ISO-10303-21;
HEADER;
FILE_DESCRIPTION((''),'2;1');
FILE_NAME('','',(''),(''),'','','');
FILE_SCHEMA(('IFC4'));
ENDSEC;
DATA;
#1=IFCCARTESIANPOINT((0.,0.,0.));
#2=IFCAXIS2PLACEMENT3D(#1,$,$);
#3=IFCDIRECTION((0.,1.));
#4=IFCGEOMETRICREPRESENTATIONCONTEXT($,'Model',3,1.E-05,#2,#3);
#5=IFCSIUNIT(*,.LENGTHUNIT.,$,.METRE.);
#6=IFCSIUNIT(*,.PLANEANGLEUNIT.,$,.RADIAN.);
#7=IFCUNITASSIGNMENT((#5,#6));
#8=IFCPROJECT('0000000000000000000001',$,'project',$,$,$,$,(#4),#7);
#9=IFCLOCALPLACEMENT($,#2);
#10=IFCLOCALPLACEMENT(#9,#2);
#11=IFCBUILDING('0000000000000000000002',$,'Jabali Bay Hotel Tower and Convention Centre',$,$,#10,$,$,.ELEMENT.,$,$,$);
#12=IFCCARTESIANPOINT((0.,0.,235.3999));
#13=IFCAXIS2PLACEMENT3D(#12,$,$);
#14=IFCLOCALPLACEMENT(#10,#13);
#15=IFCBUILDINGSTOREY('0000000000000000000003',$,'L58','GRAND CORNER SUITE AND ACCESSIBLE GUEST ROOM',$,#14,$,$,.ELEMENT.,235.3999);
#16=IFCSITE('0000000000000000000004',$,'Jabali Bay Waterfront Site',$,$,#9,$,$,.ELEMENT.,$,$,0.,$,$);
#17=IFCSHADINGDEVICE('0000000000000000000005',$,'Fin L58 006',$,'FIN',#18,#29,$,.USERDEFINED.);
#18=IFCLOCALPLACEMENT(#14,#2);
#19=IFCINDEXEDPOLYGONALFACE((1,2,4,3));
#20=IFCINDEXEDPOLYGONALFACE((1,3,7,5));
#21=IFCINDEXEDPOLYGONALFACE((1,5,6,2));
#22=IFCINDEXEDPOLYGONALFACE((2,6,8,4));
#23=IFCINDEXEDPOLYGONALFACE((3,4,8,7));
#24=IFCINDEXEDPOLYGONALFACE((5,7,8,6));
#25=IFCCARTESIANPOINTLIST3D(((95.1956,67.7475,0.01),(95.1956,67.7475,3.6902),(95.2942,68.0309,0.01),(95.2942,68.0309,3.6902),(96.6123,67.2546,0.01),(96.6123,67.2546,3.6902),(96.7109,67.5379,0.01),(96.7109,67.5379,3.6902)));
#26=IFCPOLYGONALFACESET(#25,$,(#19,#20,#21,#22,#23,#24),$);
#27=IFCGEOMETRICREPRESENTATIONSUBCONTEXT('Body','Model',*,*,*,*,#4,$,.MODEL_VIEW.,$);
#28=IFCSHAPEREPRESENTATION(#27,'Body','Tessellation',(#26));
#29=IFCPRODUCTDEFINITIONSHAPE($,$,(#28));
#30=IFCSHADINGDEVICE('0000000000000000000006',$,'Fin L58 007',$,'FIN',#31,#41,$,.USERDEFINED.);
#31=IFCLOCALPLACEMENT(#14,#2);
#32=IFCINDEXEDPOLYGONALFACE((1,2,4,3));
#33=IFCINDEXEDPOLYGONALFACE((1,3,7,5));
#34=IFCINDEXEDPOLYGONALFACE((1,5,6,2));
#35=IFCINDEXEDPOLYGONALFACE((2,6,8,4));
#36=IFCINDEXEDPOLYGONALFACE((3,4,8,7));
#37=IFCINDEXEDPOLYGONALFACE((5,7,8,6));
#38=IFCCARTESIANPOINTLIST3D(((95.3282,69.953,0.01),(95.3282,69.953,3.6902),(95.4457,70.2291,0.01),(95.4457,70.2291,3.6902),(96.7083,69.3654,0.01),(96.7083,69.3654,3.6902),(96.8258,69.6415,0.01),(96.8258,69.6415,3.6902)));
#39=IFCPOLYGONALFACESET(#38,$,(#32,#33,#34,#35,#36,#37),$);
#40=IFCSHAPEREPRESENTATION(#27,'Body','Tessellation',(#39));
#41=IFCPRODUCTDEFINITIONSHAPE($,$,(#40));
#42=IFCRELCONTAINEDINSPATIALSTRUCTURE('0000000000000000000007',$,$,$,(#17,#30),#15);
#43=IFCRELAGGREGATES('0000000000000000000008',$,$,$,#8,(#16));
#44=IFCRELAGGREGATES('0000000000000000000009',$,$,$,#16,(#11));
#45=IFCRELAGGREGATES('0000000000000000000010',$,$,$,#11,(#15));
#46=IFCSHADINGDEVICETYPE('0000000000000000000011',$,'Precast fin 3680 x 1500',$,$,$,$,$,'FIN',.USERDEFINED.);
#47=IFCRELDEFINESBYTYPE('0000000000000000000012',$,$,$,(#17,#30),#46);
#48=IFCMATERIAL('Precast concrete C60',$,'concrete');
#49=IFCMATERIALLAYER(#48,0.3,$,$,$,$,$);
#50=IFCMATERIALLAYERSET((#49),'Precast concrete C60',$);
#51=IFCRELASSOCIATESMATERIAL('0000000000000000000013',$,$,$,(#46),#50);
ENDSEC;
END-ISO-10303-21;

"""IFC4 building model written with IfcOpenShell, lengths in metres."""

from ifc_helpers import new_model, si_unit, direction, frame, frame_2d, origin, place, context, subcontext, project, spatial, rectangle, extrude, material, layer, layer_set, type_object, element, save


model = new_model("IFC4")

# Units and contexts
model_context = context("Model", 3, precision=1e-05, world=origin(), true_north=direction((0.0, 1.0)))
body_context = subcontext(model_context, "Body", "Model", "MODEL_VIEW")
ifc_project = project(units=[si_unit("LENGTHUNIT", "METRE"), si_unit("PLANEANGLEUNIT", "RADIAN")], contexts=[model_context])

# Site, building, storey
site_placement = place(None, origin())
site = spatial("IfcSite", under=ifc_project, at=site_placement, Name="Jabali Bay Waterfront Site", CompositionType="ELEMENT", RefElevation=0.0)
building_placement = place(site_placement, origin())
building = spatial("IfcBuilding", under=site, at=building_placement, Name="Jabali Bay Hotel Tower and Convention Centre", CompositionType="ELEMENT")
storey_placement = place(building_placement, frame((0.0, 0.0, 235.3999)))
storey = spatial("IfcBuildingStorey", under=building, at=storey_placement, Name="L58", Description="GRAND CORNER SUITE AND ACCESSIBLE GUEST ROOM", CompositionType="ELEMENT", Elevation=235.3999)

# Shading devices
ifc_material_1 = material(Name="Precast concrete C60", Category="concrete")
ifc_layer_1 = layer(ifc_material_1, 0.3)
ifc_layer_set_1 = layer_set([ifc_layer_1], Name="Precast concrete C60")
shading_device_type_1 = type_object("IfcShadingDeviceType", Name="Precast fin 3680 x 1500", ElementType="FIN", PredefinedType="USERDEFINED", material=ifc_layer_set_1)
for number, where, z_axis, x_axis, name in (
    (1, (95.2449, 67.8892, 0.01), (0.0, 0.0, 1.0), (0.944468, -0.328603, 0.0), "Fin L58 006"),
    (2, (95.387, 70.0911, 0.01), (0.0, 0.0, 1.0), (0.920069, -0.391757, 0.0), "Fin L58 007"),
):
    element("IfcShadingDevice", number, at=place(storey_placement, frame(where, z_axis=z_axis, x_axis=x_axis)), inside=storey, type_object=shading_device_type_1, Name=name, ObjectType="FIN", PredefinedType="USERDEFINED", context=body_context, shape_type="SweptSolid", body=[
        extrude(rectangle(XDim=1.5, YDim=0.3, at=frame_2d((0.75, 0.0))), origin(), (0.0, 0.0, 1.0), 3.6802),
    ])

save(model, "model.ifc")
